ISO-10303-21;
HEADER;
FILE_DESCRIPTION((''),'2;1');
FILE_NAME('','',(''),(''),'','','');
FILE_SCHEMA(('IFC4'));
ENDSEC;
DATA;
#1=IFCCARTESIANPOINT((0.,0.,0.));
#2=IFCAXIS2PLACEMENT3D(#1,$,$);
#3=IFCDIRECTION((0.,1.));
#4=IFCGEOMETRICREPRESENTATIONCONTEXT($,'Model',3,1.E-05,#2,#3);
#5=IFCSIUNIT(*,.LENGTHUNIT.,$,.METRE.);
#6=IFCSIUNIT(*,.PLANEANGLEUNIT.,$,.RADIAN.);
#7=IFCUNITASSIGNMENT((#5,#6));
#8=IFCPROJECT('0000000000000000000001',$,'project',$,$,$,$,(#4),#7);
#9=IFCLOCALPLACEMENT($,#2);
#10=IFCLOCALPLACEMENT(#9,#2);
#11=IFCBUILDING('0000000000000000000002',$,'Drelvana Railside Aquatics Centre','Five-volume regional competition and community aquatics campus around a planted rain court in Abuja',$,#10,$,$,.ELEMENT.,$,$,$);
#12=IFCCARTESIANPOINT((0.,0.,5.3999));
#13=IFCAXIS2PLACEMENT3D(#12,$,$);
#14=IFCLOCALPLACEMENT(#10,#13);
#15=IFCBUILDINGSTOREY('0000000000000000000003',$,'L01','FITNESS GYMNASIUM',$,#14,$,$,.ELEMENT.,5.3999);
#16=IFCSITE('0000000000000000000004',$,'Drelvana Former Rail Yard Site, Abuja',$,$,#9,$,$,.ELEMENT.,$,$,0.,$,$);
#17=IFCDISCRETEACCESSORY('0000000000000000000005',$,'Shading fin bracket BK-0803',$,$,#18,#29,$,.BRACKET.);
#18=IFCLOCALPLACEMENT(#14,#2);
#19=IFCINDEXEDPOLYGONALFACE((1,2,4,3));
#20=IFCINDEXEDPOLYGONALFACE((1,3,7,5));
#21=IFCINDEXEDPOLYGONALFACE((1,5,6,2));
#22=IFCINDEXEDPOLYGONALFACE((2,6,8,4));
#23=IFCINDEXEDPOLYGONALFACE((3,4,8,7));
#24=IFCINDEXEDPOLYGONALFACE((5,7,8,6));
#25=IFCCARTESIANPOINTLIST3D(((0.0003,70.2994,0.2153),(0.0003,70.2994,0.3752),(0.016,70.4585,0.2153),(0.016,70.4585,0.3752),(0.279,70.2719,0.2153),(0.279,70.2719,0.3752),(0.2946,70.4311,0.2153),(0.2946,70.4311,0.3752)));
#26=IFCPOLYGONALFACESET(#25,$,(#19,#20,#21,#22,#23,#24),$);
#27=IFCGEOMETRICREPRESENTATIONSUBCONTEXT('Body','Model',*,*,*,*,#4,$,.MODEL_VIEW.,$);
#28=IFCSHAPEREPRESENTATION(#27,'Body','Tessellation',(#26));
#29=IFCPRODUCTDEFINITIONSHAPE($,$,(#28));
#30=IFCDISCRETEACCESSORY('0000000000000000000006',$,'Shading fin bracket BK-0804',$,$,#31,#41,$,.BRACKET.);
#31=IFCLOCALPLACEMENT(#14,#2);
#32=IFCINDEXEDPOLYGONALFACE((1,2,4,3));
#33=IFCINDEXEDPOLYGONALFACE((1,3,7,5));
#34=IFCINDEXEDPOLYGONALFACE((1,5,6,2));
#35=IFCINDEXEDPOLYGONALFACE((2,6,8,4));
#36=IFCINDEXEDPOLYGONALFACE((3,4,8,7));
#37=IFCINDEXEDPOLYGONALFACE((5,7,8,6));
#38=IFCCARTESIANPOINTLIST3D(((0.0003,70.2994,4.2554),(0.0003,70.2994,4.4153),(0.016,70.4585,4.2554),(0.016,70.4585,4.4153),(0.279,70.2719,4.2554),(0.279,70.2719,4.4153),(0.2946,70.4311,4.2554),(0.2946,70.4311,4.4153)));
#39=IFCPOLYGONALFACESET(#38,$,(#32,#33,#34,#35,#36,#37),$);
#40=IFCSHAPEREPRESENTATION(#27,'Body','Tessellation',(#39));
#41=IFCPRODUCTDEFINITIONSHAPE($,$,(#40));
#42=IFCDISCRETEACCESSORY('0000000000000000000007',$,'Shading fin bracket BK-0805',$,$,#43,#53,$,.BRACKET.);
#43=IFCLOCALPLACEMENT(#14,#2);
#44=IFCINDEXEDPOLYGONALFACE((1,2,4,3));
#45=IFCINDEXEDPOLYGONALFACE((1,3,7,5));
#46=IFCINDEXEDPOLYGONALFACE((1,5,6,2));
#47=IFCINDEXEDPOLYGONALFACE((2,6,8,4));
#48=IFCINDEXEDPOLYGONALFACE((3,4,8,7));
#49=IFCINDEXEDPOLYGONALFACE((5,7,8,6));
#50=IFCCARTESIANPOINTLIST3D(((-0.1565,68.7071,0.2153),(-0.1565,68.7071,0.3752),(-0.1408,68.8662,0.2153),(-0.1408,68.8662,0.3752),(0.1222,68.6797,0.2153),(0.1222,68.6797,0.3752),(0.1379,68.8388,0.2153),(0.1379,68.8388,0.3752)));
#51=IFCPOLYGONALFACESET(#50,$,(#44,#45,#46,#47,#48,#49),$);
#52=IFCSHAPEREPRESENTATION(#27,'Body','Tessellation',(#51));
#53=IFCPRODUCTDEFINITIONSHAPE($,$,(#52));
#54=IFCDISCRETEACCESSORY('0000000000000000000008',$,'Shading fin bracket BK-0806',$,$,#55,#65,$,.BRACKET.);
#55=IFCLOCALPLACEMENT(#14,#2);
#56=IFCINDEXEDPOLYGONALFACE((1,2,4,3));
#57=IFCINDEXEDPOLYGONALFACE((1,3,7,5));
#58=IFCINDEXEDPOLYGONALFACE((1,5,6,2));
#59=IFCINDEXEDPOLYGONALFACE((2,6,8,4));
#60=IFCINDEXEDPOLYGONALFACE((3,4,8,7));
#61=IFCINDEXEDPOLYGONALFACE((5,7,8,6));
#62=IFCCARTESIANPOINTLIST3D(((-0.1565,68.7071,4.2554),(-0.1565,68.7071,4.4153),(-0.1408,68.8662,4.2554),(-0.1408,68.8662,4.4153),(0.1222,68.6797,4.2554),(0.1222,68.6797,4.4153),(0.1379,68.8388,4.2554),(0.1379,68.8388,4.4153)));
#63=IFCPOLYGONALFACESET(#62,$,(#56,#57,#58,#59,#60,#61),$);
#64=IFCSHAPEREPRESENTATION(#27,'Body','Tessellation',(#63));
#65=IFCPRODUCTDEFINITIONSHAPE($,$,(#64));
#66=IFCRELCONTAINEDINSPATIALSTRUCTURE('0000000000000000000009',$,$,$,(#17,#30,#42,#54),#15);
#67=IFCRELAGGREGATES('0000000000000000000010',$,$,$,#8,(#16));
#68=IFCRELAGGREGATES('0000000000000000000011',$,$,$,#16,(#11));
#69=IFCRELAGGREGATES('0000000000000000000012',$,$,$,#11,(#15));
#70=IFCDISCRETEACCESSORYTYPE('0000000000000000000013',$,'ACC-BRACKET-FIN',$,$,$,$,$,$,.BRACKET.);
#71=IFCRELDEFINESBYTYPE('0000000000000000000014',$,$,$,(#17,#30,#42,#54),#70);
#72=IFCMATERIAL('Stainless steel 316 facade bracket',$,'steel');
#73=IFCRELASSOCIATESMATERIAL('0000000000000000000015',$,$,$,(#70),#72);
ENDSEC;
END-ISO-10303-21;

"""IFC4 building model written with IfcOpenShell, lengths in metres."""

from ifc_helpers import new_model, si_unit, direction, frame, origin, origin_2d, place, context, subcontext, project, spatial, rectangle, extrude, material, type_object, element, save


model = new_model("IFC4")

# Units and contexts
model_context = context("Model", 3, precision=1e-05, world=origin(), true_north=direction((0.0, 1.0)))
body_context = subcontext(model_context, "Body", "Model", "MODEL_VIEW")
ifc_project = project(units=[si_unit("LENGTHUNIT", "METRE"), si_unit("PLANEANGLEUNIT", "RADIAN")], contexts=[model_context])

# Site, building, storey
site_placement = place(None, origin())
site = spatial("IfcSite", under=ifc_project, at=site_placement, Name="Drelvana Former Rail Yard Site, Abuja", CompositionType="ELEMENT", RefElevation=0.0)
building_placement = place(site_placement, origin())
building = spatial("IfcBuilding", under=site, at=building_placement, Name="Drelvana Railside Aquatics Centre", Description="Five-volume regional competition and community aquatics campus around a planted rain court in Abuja", CompositionType="ELEMENT")
storey_placement = place(building_placement, frame((0.0, 0.0, 5.3999)))
storey = spatial("IfcBuildingStorey", under=building, at=storey_placement, Name="L01", Description="FITNESS GYMNASIUM", CompositionType="ELEMENT", Elevation=5.3999)

# Discrete accessories
ifc_material_1 = material(Name="Stainless steel 316 facade bracket", Category="steel")
discrete_accessory_type = type_object("IfcDiscreteAccessoryType", Name="ACC-BRACKET-FIN", PredefinedType="BRACKET", material=ifc_material_1)
for number, where, z_axis, x_axis, name in (
    (1, (0.1475, 70.3652, 0.2153), (0.0, 0.0, 1.0), (-0.995185, 0.098017, 0.0), "Shading fin bracket BK-0803"),
    (2, (0.1475, 70.3652, 4.2554), (0.0, 0.0, 1.0), (-0.995185, 0.098017, 0.0), "Shading fin bracket BK-0804"),
    (3, (-0.0093, 68.7729, 0.2153), (0.0, 0.0, 1.0), (-0.995185, 0.098017, 0.0), "Shading fin bracket BK-0805"),
    (4, (-0.0093, 68.7729, 4.2554), (0.0, 0.0, 1.0), (-0.995185, 0.098017, 0.0), "Shading fin bracket BK-0806"),
):
    element("IfcDiscreteAccessory", number, at=place(storey_placement, frame(where, z_axis=z_axis, x_axis=x_axis)), inside=storey, type_object=discrete_accessory_type, Name=name, PredefinedType="BRACKET", context=body_context, shape_type="SweptSolid", body=[
        extrude(rectangle(XDim=0.28, YDim=0.1599, at=origin_2d()), origin(), (0.0, 0.0, 1.0), 0.1599),
    ])

save(model, "model.ifc")
